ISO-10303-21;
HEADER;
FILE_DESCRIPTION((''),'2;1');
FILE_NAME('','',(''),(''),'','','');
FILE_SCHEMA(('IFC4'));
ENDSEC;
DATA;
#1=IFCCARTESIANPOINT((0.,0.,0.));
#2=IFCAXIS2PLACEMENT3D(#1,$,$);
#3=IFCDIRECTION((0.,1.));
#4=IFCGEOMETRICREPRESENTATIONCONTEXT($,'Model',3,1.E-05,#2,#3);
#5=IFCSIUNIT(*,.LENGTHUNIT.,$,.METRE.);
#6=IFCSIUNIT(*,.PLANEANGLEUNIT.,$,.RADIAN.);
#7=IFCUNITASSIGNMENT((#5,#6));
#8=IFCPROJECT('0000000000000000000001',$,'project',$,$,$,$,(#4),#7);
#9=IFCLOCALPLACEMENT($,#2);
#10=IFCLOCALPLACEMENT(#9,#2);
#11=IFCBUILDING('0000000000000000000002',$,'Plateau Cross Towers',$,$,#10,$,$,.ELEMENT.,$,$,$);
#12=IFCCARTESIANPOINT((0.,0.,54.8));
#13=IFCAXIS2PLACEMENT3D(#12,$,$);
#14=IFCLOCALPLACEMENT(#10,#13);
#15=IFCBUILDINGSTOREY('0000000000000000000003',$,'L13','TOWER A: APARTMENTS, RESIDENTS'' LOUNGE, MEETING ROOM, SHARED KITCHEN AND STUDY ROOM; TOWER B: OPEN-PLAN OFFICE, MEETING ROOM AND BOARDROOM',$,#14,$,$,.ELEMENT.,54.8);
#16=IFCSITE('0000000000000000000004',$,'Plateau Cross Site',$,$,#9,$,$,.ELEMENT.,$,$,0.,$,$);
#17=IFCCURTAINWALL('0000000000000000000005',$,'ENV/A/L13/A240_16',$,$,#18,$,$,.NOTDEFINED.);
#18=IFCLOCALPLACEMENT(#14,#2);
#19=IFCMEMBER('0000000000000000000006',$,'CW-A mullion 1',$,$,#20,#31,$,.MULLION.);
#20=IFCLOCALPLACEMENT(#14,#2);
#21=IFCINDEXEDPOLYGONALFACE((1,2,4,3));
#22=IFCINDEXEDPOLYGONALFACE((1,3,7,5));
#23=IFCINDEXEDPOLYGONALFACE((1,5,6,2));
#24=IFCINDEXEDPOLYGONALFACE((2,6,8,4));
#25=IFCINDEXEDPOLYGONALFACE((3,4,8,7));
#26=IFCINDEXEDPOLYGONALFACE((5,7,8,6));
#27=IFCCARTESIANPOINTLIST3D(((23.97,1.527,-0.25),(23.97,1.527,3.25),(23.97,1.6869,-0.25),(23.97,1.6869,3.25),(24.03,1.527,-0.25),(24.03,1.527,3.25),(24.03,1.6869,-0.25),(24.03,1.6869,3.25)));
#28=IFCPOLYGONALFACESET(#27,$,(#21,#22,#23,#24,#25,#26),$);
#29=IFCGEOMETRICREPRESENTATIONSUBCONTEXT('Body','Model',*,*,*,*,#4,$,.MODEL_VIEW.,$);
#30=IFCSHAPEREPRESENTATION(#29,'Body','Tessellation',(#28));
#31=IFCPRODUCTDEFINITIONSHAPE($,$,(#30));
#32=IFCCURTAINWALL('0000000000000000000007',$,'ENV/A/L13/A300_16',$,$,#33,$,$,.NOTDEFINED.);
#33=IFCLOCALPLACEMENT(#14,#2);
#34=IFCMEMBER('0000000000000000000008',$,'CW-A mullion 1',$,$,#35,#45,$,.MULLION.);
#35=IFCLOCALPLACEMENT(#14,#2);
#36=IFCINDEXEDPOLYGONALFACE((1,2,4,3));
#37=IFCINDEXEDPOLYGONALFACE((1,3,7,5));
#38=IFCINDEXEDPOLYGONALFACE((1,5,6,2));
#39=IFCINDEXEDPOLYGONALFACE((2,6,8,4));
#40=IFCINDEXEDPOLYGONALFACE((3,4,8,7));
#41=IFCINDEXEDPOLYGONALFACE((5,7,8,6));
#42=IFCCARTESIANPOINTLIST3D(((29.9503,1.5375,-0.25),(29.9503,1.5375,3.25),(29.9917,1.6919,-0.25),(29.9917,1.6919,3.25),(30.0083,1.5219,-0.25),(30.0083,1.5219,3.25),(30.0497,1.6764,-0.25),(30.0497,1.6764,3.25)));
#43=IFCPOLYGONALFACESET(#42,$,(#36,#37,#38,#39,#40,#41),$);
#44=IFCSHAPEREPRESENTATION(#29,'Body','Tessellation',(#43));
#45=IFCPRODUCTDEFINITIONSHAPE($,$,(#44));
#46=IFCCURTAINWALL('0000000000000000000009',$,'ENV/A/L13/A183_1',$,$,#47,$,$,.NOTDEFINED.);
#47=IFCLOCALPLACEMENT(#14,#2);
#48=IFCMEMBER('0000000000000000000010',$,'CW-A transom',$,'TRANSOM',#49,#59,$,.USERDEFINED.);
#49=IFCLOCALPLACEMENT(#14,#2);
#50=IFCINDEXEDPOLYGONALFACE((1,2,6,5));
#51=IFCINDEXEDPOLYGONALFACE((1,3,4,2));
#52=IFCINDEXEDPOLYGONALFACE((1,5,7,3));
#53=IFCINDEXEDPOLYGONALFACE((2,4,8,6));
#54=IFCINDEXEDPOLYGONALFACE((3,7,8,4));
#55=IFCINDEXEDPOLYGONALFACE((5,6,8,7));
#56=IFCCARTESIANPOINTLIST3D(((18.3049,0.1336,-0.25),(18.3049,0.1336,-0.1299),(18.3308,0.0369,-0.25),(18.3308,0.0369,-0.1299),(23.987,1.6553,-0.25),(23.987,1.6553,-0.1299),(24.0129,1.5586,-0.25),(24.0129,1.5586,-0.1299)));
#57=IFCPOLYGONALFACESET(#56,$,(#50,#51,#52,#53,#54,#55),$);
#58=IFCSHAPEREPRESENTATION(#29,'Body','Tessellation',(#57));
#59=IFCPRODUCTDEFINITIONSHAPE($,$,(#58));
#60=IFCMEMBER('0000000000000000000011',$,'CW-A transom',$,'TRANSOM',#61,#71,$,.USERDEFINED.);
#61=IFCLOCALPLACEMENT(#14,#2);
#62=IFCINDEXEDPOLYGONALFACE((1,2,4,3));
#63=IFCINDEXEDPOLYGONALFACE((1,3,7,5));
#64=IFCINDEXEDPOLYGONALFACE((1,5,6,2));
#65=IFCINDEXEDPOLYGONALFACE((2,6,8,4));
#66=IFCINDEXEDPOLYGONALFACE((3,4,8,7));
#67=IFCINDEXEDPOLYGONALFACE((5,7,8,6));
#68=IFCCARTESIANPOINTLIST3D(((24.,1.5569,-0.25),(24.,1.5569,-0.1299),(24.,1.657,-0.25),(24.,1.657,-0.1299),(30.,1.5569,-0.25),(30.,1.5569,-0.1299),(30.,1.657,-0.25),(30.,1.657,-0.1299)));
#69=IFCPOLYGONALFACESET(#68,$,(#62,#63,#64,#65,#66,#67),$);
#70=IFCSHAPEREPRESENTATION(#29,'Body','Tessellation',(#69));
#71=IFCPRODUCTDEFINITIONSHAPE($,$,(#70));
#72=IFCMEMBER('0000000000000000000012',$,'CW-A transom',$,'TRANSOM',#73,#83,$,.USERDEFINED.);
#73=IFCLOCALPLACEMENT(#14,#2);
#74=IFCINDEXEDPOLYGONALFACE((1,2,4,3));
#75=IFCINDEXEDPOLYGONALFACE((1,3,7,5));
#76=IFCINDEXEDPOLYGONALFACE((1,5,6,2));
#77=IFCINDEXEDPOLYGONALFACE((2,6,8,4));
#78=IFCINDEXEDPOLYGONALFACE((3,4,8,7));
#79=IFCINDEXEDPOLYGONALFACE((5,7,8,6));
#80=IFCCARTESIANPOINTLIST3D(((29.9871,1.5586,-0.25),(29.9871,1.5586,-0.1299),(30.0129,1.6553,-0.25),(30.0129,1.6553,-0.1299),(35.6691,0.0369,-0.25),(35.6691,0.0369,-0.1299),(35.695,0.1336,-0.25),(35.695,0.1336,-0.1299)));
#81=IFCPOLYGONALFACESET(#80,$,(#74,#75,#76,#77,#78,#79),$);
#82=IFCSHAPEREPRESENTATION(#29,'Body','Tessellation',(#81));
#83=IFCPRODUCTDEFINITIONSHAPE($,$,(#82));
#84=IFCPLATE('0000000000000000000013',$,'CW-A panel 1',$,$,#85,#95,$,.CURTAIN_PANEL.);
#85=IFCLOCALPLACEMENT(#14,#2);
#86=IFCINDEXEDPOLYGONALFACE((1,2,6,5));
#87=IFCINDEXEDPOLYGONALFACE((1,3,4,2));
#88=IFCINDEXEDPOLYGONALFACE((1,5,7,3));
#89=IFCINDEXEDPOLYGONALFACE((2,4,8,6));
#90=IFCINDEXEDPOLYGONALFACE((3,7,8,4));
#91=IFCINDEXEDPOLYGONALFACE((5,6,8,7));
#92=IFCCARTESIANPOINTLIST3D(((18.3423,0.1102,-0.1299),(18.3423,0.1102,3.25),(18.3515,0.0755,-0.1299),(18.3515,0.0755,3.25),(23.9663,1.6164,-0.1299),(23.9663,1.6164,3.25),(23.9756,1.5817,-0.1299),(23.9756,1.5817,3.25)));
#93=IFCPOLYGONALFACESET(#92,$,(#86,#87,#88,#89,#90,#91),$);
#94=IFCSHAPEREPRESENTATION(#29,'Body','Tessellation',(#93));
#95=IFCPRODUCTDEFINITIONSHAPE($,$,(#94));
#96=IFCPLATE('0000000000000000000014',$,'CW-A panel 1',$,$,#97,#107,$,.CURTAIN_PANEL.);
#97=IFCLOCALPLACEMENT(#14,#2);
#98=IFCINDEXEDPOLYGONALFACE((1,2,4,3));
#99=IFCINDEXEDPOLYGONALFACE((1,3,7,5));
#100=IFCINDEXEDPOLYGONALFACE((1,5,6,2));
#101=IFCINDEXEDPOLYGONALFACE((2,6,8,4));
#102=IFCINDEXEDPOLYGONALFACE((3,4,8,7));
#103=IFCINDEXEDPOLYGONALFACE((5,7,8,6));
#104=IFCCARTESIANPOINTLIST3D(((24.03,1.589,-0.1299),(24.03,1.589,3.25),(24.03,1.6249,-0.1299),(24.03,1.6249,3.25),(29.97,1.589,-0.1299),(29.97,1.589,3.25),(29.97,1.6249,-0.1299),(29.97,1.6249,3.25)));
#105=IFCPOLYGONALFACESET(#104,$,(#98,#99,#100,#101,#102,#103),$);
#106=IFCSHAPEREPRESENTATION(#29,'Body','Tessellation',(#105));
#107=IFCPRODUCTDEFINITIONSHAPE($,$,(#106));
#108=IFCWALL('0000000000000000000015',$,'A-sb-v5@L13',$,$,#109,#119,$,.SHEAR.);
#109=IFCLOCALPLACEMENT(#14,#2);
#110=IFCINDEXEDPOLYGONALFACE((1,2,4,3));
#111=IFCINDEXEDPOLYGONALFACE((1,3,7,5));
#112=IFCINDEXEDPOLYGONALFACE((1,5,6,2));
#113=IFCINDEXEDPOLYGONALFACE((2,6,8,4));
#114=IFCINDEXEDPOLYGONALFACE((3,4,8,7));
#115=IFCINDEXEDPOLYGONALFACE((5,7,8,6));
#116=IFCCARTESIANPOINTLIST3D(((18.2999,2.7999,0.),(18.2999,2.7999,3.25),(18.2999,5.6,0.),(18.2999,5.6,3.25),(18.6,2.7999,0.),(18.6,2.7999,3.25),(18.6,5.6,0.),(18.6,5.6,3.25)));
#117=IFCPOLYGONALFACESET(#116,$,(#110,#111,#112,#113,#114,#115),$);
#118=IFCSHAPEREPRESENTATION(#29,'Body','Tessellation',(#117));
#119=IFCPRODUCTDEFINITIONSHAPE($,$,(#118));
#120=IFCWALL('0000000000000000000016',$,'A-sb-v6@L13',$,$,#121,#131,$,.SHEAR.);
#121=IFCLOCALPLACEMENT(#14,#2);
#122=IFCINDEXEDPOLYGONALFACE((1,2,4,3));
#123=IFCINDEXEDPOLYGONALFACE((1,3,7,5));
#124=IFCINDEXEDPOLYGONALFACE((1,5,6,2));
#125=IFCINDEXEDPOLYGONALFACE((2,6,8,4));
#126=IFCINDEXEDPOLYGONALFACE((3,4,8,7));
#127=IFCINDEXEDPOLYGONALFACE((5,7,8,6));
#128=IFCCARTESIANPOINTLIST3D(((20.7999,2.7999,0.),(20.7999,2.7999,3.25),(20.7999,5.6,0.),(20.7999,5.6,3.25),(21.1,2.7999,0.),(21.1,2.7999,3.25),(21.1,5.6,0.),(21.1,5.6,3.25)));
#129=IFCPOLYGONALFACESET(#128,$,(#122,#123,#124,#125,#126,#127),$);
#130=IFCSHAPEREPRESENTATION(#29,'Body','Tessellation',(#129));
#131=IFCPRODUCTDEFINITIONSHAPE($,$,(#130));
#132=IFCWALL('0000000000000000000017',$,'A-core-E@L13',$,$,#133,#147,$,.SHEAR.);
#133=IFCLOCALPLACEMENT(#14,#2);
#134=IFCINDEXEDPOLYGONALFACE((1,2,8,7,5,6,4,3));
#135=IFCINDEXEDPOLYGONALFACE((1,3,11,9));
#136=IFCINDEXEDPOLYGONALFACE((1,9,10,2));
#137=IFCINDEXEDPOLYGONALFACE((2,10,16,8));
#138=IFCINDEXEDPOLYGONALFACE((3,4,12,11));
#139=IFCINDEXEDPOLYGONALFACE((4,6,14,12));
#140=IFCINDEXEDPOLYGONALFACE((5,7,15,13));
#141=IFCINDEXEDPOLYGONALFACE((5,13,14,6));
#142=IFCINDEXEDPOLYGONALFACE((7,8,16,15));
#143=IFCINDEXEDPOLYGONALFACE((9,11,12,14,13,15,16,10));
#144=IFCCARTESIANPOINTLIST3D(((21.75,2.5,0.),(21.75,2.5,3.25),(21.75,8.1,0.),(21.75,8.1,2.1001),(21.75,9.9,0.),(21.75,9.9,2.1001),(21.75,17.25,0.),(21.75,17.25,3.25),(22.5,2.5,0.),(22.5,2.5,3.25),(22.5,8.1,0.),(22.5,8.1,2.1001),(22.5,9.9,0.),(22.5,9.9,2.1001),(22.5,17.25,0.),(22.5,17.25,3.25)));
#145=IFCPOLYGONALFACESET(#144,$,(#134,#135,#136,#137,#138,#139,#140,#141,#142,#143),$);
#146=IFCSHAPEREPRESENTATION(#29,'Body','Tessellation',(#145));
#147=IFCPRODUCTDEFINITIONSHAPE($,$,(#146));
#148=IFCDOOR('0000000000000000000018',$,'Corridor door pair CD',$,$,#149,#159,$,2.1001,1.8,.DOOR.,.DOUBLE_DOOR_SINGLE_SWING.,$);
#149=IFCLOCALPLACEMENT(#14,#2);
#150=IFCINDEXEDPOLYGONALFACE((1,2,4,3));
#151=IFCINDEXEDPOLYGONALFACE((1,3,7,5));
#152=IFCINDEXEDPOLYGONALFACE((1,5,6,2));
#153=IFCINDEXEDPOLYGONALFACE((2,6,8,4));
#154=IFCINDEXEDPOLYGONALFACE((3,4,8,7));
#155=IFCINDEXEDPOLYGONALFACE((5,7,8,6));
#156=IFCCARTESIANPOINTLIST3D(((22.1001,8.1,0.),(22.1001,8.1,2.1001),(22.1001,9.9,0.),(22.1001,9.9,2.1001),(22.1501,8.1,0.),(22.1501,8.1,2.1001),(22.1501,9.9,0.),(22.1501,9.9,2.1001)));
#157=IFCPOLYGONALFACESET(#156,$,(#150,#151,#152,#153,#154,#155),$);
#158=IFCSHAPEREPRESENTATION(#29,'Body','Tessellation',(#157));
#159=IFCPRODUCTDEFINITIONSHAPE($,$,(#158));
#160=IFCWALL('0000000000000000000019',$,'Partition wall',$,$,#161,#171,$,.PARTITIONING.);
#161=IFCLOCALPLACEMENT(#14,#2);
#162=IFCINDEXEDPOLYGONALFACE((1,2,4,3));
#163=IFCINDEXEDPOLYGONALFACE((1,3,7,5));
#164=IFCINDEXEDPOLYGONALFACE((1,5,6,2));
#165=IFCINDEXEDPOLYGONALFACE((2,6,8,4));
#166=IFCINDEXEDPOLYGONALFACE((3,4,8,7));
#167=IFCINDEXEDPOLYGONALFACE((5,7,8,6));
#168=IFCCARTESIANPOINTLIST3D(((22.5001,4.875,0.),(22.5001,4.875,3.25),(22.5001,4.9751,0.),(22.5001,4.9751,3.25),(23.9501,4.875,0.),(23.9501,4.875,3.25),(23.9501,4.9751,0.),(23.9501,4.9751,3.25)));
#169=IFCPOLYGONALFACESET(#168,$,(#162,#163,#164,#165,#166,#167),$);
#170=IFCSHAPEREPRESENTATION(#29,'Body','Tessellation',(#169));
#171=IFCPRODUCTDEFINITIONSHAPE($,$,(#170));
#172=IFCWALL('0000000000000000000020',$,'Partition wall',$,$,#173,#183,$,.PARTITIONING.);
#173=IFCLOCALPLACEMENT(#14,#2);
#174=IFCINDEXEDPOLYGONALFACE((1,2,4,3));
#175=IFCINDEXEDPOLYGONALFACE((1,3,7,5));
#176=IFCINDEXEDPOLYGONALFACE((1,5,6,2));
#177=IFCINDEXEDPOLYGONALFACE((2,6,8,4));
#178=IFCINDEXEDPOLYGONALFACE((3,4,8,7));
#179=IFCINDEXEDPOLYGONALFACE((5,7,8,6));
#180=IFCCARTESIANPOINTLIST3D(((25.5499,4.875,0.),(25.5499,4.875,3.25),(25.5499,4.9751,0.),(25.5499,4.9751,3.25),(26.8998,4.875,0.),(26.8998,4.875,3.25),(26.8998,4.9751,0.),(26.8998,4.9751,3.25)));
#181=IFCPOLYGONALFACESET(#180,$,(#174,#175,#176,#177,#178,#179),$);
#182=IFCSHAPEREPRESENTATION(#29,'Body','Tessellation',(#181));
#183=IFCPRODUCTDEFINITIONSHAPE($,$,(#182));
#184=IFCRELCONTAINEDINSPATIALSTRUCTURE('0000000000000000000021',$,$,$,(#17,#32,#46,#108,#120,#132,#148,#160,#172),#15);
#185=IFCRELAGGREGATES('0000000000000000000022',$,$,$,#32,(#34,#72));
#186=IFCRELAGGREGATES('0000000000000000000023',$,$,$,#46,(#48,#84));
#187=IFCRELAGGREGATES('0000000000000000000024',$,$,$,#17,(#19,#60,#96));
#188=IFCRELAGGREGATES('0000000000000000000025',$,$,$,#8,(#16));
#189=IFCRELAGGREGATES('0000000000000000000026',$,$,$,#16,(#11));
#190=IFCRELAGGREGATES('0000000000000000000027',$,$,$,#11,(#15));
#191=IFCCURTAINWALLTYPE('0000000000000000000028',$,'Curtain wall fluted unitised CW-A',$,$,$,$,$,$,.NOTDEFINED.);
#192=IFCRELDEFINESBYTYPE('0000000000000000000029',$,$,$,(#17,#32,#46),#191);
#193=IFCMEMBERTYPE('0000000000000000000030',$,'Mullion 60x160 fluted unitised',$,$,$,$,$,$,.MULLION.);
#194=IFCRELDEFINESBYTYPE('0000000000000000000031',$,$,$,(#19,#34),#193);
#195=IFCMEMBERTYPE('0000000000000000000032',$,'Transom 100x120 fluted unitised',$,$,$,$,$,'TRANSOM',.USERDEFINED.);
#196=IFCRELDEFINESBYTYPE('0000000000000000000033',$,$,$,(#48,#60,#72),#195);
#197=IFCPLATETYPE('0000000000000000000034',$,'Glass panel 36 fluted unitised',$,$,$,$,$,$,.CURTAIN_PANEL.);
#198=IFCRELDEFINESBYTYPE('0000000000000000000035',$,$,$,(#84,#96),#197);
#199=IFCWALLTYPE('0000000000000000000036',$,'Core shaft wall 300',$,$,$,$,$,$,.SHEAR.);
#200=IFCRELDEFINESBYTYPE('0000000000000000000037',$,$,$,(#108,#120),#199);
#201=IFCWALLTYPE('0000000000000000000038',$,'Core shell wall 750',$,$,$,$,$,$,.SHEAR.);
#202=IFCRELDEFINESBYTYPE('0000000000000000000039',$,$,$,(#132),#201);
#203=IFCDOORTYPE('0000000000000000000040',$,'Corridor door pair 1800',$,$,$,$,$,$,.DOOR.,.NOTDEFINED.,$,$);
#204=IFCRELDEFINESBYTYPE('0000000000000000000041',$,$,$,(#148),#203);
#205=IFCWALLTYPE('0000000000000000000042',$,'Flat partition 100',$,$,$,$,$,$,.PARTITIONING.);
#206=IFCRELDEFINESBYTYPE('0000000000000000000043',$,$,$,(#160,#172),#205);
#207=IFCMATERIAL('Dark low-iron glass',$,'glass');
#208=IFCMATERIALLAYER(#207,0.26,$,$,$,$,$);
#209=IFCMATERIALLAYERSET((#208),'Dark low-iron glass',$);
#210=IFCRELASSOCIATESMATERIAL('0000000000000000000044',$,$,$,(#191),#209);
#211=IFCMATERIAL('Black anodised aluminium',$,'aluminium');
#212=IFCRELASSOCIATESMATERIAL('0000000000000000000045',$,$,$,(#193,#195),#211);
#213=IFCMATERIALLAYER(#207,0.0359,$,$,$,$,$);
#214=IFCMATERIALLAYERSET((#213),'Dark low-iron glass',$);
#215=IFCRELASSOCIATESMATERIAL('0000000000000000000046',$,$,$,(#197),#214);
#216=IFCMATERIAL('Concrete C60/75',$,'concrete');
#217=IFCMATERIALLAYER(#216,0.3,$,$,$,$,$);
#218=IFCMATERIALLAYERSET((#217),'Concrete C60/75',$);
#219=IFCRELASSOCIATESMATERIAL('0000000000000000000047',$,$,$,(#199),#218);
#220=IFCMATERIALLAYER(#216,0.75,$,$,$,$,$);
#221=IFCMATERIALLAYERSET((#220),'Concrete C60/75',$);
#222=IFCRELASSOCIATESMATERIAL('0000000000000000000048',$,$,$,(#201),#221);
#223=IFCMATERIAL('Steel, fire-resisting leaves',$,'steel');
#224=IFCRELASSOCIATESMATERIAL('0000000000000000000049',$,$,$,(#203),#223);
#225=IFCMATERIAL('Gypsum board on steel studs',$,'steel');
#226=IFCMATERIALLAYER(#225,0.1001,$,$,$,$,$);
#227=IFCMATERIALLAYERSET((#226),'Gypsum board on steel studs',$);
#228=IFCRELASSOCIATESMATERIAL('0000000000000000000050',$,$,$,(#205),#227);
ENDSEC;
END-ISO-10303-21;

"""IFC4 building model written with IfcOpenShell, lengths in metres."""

from ifc_helpers import new_model, si_unit, direction, frame, frame_2d, origin, origin_2d, place, context, subcontext, project, spatial, rectangle, extrude, material, layer, layer_set, material_profile, profile_set, type_object, element, fill, aggregate, save


model = new_model("IFC4")

# Units and contexts
model_context = context("Model", 3, precision=1e-05, world=origin(), true_north=direction((0.0, 1.0)))
body_context = subcontext(model_context, "Body", "Model", "MODEL_VIEW")
ifc_project = project(units=[si_unit("LENGTHUNIT", "METRE"), si_unit("PLANEANGLEUNIT", "RADIAN")], contexts=[model_context])

# Site, building, storey
site_placement = place(None, origin())
site = spatial("IfcSite", under=ifc_project, at=site_placement, Name="Plateau Cross Site", CompositionType="ELEMENT", RefElevation=0.0)
building_placement = place(site_placement, origin())
building = spatial("IfcBuilding", under=site, at=building_placement, Name="Plateau Cross Towers", CompositionType="ELEMENT")
storey_placement = place(building_placement, frame((0.0, 0.0, 54.8)))
storey = spatial("IfcBuildingStorey", under=building, at=storey_placement, Name="L13", Description="TOWER A: APARTMENTS, RESIDENTS' LOUNGE, MEETING ROOM, SHARED KITCHEN AND STUDY ROOM; TOWER B: OPEN-PLAN OFFICE, MEETING ROOM AND BOARDROOM", CompositionType="ELEMENT", Elevation=54.8)

# Curtain walls, members
ifc_material_1 = material(Name="Dark low-iron glass", Category="glass")
ifc_layer_1 = layer(ifc_material_1, 0.26)
ifc_layer_set_1 = layer_set([ifc_layer_1], Name="Dark low-iron glass")
curtain_wall_type = type_object("IfcCurtainWallType", Name="Curtain wall fluted unitised CW-A", PredefinedType="NOTDEFINED", material=ifc_layer_set_1)
curtain_wall_1_placement = place(storey_placement, origin())
curtain_wall_1 = element("IfcCurtainWall", 1, at=curtain_wall_1_placement, inside=storey, type_object=curtain_wall_type, Name="ENV/A/L13/A240_16", PredefinedType="NOTDEFINED")
ifc_material_2 = material(Name="Black anodised aluminium", Category="aluminium")
ifc_material_profile_1 = material_profile(ifc_material_2, rectangle(XDim=0.0601, YDim=0.1599, at=origin_2d()), Name="MULLION 60x160")
ifc_profile_set_1 = profile_set([ifc_material_profile_1], Name="Black anodised aluminium")
member_type_1 = type_object("IfcMemberType", Name="Mullion 60x160 fluted unitised", PredefinedType="MULLION", material=ifc_profile_set_1)
member_1_placement = place(storey_placement, frame((24.0, 1.6069, -0.25), z_axis=(0.0, 0.0, 1.0), x_axis=(1.0, 0.0, 0.0)))
member_1 = element("IfcMember", 2, at=member_1_placement, type_object=member_type_1, Name="CW-A mullion 1", PredefinedType="MULLION", context=body_context, shape_type="SweptSolid", body=[
    extrude(rectangle(XDim=0.0601, YDim=0.1599, at=origin_2d()), origin(), (0.0, 0.0, 1.0), 3.5),
])
curtain_wall_2_placement = place(storey_placement, origin())
curtain_wall_2 = element("IfcCurtainWall", 3, at=curtain_wall_2_placement, inside=storey, type_object=curtain_wall_type, Name="ENV/A/L13/A300_16", PredefinedType="NOTDEFINED")
member_2_placement = place(storey_placement, frame((30.0, 1.6069, -0.25), z_axis=(0.0, 0.0, 1.0), x_axis=(0.965958, -0.258699, 0.0)))
member_2 = element("IfcMember", 4, at=member_2_placement, type_object=member_type_1, Name="CW-A mullion 1", PredefinedType="MULLION", context=body_context, shape_type="SweptSolid", body=[
    extrude(rectangle(XDim=0.0601, YDim=0.1599, at=origin_2d()), origin(), (0.0, 0.0, 1.0), 3.5),
])
curtain_wall_3_placement = place(storey_placement, origin())
curtain_wall_3 = element("IfcCurtainWall", 5, at=curtain_wall_3_placement, inside=storey, type_object=curtain_wall_type, Name="ENV/A/L13/A183_1", PredefinedType="NOTDEFINED")
ifc_material_profile_2 = material_profile(ifc_material_2, rectangle(XDim=0.1001, YDim=0.1201, at=origin_2d()), Name="TRANSOM 100x120")
ifc_profile_set_2 = profile_set([ifc_material_profile_2], Name="Black anodised aluminium")
member_type_2 = type_object("IfcMemberType", Name="Transom 100x120 fluted unitised", ElementType="TRANSOM", PredefinedType="USERDEFINED", material=ifc_profile_set_2)
member_3_placement = place(storey_placement, frame((18.3179, 0.0852, -0.1899), z_axis=(0.96596, 0.258693, 0.0), x_axis=(-0.258693, 0.96596, 0.0)))
member_3 = element("IfcMember", 6, at=member_3_placement, type_object=member_type_2, Name="CW-A transom", ObjectType="TRANSOM", PredefinedType="USERDEFINED", context=body_context, shape_type="SweptSolid", body=[
    extrude(rectangle(XDim=0.1001, YDim=0.1201, at=origin_2d()), origin(), (0.0, 0.0, 1.0), 5.8823),
])

# Members
member_4_placement = place(storey_placement, frame((24.0, 1.6069, -0.1899), z_axis=(1.0, 0.0, 0.0), x_axis=(0.0, 1.0, 0.0)))
member_4 = element("IfcMember", 7, at=member_4_placement, type_object=member_type_2, Name="CW-A transom", ObjectType="TRANSOM", PredefinedType="USERDEFINED", context=body_context, shape_type="SweptSolid", body=[
    extrude(rectangle(XDim=0.1001, YDim=0.1201, at=origin_2d()), origin(), (0.0, 0.0, 1.0), 6.0),
])
member_5_placement = place(storey_placement, frame((30.0, 1.6069, -0.1899), z_axis=(0.96596, -0.258693, 0.0), x_axis=(0.258693, 0.96596, 0.0)))
member_5 = element("IfcMember", 8, at=member_5_placement, type_object=member_type_2, Name="CW-A transom", ObjectType="TRANSOM", PredefinedType="USERDEFINED", context=body_context, shape_type="SweptSolid", body=[
    extrude(rectangle(XDim=0.1001, YDim=0.1201, at=origin_2d()), origin(), (0.0, 0.0, 1.0), 5.8823),
])
aggregate(curtain_wall_2, [member_2, member_5])

# Plates
ifc_layer_2 = layer(ifc_material_1, 0.0359)
ifc_layer_set_2 = layer_set([ifc_layer_2], Name="Dark low-iron glass")
plate_type = type_object("IfcPlateType", Name="Glass panel 36 fluted unitised", PredefinedType="CURTAIN_PANEL", material=ifc_layer_set_2)
plate_1_placement = place(storey_placement, frame((21.1589, 0.8459, -0.1299), z_axis=(0.0, 0.0, 1.0), x_axis=(0.965958, 0.258699, 0.0)))
plate_1 = element("IfcPlate", 9, at=plate_1_placement, type_object=plate_type, Name="CW-A panel 1", PredefinedType="CURTAIN_PANEL", context=body_context, shape_type="SweptSolid", body=[
    extrude(rectangle(XDim=5.8223, YDim=0.0359, at=origin_2d()), origin(), (0.0, 0.0, 1.0), 3.3799),
])
aggregate(curtain_wall_3, [member_3, plate_1])
plate_2_placement = place(storey_placement, frame((27.0, 1.6069, -0.1299), z_axis=(0.0, 0.0, 1.0), x_axis=(1.0, 0.0, 0.0)))
plate_2 = element("IfcPlate", 10, at=plate_2_placement, type_object=plate_type, Name="CW-A panel 1", PredefinedType="CURTAIN_PANEL", context=body_context, shape_type="SweptSolid", body=[
    extrude(rectangle(XDim=5.9399, YDim=0.0359, at=origin_2d()), origin(), (0.0, 0.0, 1.0), 3.3799),
])
aggregate(curtain_wall_1, [member_1, member_4, plate_2])

# Walls
ifc_material_3 = material(Name="Concrete C60/75", Category="concrete")
ifc_layer_3 = layer(ifc_material_3, 0.3)
ifc_layer_set_3 = layer_set([ifc_layer_3], Name="Concrete C60/75")
wall_type_1 = type_object("IfcWallType", Name="Core shaft wall 300", PredefinedType="SHEAR", material=ifc_layer_set_3)
for number, where, z_axis, x_axis, name in (
    (11, (18.45, 2.8, 0.0), (0.0, 0.0, 1.0), (0.0, 1.0, 0.0), "A-sb-v5@L13"),
    (12, (20.95, 2.8, 0.0), (0.0, 0.0, 1.0), (0.0, 1.0, 0.0), "A-sb-v6@L13"),
):
    element("IfcWall", number, at=place(storey_placement, frame(where, z_axis=z_axis, x_axis=x_axis)), inside=storey, type_object=wall_type_1, Name=name, PredefinedType="SHEAR", context=body_context, shape_type="SweptSolid", body=[
        extrude(rectangle(XDim=2.8, YDim=0.3, at=frame_2d((1.3999, 0.0))), origin(), (0.0, 0.0, 1.0), 3.25),
    ])

# Wall, opening, door
ifc_layer_4 = layer(ifc_material_3, 0.75)
ifc_layer_set_4 = layer_set([ifc_layer_4], Name="Concrete C60/75")
wall_type_2 = type_object("IfcWallType", Name="Core shell wall 750", PredefinedType="SHEAR", material=ifc_layer_set_4)
wall_1_placement = place(storey_placement, frame((22.125, 2.5, 0.0), z_axis=(0.0, 0.0, 1.0), x_axis=(0.0, 1.0, 0.0)))
wall_1 = element("IfcWall", 13, at=wall_1_placement, inside=storey, type_object=wall_type_2, Name="A-core-E@L13", PredefinedType="SHEAR", context=body_context, shape_type="SweptSolid", body=[
    extrude(rectangle(XDim=14.75, YDim=0.75, at=frame_2d((7.375, 0.0))), origin(), (0.0, 0.0, 1.0), 3.25),
])
opening_1_placement = place(wall_1_placement, frame((5.6001, 0.0, 0.0)))
opening_1 = element("IfcOpeningElement", 14, at=opening_1_placement, cuts=wall_1, PredefinedType="OPENING", context=body_context, shape_type="SweptSolid", body=[
    extrude(rectangle(XDim=1.8, YDim=2.1001, at=frame_2d((0.8999, 1.05))), frame((0.0, 0.385, 0.0), z_axis=(0.0, -1.0, 0.0), x_axis=(1.0, 0.0, 0.0)), (0.0, 0.0, 1.0), 0.77),
])
ifc_material_4 = material(Name="Steel, fire-resisting leaves", Category="steel")
door_type_1 = type_object("IfcDoorType", Name="Corridor door pair 1800", OperationType="NOTDEFINED", PredefinedType="DOOR", material=ifc_material_4)
door_1_placement = place(opening_1_placement, origin())
door_1 = element("IfcDoor", 15, at=door_1_placement, inside=storey, type_object=door_type_1, Name="Corridor door pair CD", OperationType="DOUBLE_DOOR_SINGLE_SWING", OverallHeight=2.1001, OverallWidth=1.8, PredefinedType="DOOR", context=body_context, shape_type="SweptSolid", body=[
    extrude(rectangle(XDim=1.8, YDim=2.1001, at=frame_2d((0.8999, 1.05))), frame((0.0, 0.0249, 0.0), z_axis=(0.0, -1.0, 0.0), x_axis=(1.0, 0.0, 0.0)), (0.0, 0.0, 1.0), 0.05),
])
fill(opening_1, door_1)

# Walls
ifc_material_5 = material(Name="Gypsum board on steel studs", Category="steel")
ifc_layer_5 = layer(ifc_material_5, 0.1001)
ifc_layer_set_5 = layer_set([ifc_layer_5], Name="Gypsum board on steel studs")
wall_type_3 = type_object("IfcWallType", Name="Flat partition 100", PredefinedType="PARTITIONING", material=ifc_layer_set_5)
wall_2_placement = place(storey_placement, frame((22.5, 4.925, 0.0), z_axis=(0.0, 0.0, 1.0), x_axis=(1.0, 0.0, 0.0)))
element("IfcWall", 16, at=wall_2_placement, inside=storey, type_object=wall_type_3, Name="Partition wall", PredefinedType="PARTITIONING", context=body_context, shape_type="SweptSolid", body=[
    extrude(rectangle(XDim=1.45, YDim=0.1001, at=frame_2d((0.7251, 0.0))), origin(), (0.0, 0.0, 1.0), 3.25),
])
wall_3_placement = place(storey_placement, frame((25.55, 4.925, 0.0), z_axis=(0.0, 0.0, 1.0), x_axis=(1.0, 0.0, 0.0)))
element("IfcWall", 17, at=wall_3_placement, inside=storey, type_object=wall_type_3, Name="Partition wall", PredefinedType="PARTITIONING", context=body_context, shape_type="SweptSolid", body=[
    extrude(rectangle(XDim=1.3499, YDim=0.1001, at=frame_2d((0.6748, 0.0))), origin(), (0.0, 0.0, 1.0), 3.25),
])

save(model, "model.ifc")
